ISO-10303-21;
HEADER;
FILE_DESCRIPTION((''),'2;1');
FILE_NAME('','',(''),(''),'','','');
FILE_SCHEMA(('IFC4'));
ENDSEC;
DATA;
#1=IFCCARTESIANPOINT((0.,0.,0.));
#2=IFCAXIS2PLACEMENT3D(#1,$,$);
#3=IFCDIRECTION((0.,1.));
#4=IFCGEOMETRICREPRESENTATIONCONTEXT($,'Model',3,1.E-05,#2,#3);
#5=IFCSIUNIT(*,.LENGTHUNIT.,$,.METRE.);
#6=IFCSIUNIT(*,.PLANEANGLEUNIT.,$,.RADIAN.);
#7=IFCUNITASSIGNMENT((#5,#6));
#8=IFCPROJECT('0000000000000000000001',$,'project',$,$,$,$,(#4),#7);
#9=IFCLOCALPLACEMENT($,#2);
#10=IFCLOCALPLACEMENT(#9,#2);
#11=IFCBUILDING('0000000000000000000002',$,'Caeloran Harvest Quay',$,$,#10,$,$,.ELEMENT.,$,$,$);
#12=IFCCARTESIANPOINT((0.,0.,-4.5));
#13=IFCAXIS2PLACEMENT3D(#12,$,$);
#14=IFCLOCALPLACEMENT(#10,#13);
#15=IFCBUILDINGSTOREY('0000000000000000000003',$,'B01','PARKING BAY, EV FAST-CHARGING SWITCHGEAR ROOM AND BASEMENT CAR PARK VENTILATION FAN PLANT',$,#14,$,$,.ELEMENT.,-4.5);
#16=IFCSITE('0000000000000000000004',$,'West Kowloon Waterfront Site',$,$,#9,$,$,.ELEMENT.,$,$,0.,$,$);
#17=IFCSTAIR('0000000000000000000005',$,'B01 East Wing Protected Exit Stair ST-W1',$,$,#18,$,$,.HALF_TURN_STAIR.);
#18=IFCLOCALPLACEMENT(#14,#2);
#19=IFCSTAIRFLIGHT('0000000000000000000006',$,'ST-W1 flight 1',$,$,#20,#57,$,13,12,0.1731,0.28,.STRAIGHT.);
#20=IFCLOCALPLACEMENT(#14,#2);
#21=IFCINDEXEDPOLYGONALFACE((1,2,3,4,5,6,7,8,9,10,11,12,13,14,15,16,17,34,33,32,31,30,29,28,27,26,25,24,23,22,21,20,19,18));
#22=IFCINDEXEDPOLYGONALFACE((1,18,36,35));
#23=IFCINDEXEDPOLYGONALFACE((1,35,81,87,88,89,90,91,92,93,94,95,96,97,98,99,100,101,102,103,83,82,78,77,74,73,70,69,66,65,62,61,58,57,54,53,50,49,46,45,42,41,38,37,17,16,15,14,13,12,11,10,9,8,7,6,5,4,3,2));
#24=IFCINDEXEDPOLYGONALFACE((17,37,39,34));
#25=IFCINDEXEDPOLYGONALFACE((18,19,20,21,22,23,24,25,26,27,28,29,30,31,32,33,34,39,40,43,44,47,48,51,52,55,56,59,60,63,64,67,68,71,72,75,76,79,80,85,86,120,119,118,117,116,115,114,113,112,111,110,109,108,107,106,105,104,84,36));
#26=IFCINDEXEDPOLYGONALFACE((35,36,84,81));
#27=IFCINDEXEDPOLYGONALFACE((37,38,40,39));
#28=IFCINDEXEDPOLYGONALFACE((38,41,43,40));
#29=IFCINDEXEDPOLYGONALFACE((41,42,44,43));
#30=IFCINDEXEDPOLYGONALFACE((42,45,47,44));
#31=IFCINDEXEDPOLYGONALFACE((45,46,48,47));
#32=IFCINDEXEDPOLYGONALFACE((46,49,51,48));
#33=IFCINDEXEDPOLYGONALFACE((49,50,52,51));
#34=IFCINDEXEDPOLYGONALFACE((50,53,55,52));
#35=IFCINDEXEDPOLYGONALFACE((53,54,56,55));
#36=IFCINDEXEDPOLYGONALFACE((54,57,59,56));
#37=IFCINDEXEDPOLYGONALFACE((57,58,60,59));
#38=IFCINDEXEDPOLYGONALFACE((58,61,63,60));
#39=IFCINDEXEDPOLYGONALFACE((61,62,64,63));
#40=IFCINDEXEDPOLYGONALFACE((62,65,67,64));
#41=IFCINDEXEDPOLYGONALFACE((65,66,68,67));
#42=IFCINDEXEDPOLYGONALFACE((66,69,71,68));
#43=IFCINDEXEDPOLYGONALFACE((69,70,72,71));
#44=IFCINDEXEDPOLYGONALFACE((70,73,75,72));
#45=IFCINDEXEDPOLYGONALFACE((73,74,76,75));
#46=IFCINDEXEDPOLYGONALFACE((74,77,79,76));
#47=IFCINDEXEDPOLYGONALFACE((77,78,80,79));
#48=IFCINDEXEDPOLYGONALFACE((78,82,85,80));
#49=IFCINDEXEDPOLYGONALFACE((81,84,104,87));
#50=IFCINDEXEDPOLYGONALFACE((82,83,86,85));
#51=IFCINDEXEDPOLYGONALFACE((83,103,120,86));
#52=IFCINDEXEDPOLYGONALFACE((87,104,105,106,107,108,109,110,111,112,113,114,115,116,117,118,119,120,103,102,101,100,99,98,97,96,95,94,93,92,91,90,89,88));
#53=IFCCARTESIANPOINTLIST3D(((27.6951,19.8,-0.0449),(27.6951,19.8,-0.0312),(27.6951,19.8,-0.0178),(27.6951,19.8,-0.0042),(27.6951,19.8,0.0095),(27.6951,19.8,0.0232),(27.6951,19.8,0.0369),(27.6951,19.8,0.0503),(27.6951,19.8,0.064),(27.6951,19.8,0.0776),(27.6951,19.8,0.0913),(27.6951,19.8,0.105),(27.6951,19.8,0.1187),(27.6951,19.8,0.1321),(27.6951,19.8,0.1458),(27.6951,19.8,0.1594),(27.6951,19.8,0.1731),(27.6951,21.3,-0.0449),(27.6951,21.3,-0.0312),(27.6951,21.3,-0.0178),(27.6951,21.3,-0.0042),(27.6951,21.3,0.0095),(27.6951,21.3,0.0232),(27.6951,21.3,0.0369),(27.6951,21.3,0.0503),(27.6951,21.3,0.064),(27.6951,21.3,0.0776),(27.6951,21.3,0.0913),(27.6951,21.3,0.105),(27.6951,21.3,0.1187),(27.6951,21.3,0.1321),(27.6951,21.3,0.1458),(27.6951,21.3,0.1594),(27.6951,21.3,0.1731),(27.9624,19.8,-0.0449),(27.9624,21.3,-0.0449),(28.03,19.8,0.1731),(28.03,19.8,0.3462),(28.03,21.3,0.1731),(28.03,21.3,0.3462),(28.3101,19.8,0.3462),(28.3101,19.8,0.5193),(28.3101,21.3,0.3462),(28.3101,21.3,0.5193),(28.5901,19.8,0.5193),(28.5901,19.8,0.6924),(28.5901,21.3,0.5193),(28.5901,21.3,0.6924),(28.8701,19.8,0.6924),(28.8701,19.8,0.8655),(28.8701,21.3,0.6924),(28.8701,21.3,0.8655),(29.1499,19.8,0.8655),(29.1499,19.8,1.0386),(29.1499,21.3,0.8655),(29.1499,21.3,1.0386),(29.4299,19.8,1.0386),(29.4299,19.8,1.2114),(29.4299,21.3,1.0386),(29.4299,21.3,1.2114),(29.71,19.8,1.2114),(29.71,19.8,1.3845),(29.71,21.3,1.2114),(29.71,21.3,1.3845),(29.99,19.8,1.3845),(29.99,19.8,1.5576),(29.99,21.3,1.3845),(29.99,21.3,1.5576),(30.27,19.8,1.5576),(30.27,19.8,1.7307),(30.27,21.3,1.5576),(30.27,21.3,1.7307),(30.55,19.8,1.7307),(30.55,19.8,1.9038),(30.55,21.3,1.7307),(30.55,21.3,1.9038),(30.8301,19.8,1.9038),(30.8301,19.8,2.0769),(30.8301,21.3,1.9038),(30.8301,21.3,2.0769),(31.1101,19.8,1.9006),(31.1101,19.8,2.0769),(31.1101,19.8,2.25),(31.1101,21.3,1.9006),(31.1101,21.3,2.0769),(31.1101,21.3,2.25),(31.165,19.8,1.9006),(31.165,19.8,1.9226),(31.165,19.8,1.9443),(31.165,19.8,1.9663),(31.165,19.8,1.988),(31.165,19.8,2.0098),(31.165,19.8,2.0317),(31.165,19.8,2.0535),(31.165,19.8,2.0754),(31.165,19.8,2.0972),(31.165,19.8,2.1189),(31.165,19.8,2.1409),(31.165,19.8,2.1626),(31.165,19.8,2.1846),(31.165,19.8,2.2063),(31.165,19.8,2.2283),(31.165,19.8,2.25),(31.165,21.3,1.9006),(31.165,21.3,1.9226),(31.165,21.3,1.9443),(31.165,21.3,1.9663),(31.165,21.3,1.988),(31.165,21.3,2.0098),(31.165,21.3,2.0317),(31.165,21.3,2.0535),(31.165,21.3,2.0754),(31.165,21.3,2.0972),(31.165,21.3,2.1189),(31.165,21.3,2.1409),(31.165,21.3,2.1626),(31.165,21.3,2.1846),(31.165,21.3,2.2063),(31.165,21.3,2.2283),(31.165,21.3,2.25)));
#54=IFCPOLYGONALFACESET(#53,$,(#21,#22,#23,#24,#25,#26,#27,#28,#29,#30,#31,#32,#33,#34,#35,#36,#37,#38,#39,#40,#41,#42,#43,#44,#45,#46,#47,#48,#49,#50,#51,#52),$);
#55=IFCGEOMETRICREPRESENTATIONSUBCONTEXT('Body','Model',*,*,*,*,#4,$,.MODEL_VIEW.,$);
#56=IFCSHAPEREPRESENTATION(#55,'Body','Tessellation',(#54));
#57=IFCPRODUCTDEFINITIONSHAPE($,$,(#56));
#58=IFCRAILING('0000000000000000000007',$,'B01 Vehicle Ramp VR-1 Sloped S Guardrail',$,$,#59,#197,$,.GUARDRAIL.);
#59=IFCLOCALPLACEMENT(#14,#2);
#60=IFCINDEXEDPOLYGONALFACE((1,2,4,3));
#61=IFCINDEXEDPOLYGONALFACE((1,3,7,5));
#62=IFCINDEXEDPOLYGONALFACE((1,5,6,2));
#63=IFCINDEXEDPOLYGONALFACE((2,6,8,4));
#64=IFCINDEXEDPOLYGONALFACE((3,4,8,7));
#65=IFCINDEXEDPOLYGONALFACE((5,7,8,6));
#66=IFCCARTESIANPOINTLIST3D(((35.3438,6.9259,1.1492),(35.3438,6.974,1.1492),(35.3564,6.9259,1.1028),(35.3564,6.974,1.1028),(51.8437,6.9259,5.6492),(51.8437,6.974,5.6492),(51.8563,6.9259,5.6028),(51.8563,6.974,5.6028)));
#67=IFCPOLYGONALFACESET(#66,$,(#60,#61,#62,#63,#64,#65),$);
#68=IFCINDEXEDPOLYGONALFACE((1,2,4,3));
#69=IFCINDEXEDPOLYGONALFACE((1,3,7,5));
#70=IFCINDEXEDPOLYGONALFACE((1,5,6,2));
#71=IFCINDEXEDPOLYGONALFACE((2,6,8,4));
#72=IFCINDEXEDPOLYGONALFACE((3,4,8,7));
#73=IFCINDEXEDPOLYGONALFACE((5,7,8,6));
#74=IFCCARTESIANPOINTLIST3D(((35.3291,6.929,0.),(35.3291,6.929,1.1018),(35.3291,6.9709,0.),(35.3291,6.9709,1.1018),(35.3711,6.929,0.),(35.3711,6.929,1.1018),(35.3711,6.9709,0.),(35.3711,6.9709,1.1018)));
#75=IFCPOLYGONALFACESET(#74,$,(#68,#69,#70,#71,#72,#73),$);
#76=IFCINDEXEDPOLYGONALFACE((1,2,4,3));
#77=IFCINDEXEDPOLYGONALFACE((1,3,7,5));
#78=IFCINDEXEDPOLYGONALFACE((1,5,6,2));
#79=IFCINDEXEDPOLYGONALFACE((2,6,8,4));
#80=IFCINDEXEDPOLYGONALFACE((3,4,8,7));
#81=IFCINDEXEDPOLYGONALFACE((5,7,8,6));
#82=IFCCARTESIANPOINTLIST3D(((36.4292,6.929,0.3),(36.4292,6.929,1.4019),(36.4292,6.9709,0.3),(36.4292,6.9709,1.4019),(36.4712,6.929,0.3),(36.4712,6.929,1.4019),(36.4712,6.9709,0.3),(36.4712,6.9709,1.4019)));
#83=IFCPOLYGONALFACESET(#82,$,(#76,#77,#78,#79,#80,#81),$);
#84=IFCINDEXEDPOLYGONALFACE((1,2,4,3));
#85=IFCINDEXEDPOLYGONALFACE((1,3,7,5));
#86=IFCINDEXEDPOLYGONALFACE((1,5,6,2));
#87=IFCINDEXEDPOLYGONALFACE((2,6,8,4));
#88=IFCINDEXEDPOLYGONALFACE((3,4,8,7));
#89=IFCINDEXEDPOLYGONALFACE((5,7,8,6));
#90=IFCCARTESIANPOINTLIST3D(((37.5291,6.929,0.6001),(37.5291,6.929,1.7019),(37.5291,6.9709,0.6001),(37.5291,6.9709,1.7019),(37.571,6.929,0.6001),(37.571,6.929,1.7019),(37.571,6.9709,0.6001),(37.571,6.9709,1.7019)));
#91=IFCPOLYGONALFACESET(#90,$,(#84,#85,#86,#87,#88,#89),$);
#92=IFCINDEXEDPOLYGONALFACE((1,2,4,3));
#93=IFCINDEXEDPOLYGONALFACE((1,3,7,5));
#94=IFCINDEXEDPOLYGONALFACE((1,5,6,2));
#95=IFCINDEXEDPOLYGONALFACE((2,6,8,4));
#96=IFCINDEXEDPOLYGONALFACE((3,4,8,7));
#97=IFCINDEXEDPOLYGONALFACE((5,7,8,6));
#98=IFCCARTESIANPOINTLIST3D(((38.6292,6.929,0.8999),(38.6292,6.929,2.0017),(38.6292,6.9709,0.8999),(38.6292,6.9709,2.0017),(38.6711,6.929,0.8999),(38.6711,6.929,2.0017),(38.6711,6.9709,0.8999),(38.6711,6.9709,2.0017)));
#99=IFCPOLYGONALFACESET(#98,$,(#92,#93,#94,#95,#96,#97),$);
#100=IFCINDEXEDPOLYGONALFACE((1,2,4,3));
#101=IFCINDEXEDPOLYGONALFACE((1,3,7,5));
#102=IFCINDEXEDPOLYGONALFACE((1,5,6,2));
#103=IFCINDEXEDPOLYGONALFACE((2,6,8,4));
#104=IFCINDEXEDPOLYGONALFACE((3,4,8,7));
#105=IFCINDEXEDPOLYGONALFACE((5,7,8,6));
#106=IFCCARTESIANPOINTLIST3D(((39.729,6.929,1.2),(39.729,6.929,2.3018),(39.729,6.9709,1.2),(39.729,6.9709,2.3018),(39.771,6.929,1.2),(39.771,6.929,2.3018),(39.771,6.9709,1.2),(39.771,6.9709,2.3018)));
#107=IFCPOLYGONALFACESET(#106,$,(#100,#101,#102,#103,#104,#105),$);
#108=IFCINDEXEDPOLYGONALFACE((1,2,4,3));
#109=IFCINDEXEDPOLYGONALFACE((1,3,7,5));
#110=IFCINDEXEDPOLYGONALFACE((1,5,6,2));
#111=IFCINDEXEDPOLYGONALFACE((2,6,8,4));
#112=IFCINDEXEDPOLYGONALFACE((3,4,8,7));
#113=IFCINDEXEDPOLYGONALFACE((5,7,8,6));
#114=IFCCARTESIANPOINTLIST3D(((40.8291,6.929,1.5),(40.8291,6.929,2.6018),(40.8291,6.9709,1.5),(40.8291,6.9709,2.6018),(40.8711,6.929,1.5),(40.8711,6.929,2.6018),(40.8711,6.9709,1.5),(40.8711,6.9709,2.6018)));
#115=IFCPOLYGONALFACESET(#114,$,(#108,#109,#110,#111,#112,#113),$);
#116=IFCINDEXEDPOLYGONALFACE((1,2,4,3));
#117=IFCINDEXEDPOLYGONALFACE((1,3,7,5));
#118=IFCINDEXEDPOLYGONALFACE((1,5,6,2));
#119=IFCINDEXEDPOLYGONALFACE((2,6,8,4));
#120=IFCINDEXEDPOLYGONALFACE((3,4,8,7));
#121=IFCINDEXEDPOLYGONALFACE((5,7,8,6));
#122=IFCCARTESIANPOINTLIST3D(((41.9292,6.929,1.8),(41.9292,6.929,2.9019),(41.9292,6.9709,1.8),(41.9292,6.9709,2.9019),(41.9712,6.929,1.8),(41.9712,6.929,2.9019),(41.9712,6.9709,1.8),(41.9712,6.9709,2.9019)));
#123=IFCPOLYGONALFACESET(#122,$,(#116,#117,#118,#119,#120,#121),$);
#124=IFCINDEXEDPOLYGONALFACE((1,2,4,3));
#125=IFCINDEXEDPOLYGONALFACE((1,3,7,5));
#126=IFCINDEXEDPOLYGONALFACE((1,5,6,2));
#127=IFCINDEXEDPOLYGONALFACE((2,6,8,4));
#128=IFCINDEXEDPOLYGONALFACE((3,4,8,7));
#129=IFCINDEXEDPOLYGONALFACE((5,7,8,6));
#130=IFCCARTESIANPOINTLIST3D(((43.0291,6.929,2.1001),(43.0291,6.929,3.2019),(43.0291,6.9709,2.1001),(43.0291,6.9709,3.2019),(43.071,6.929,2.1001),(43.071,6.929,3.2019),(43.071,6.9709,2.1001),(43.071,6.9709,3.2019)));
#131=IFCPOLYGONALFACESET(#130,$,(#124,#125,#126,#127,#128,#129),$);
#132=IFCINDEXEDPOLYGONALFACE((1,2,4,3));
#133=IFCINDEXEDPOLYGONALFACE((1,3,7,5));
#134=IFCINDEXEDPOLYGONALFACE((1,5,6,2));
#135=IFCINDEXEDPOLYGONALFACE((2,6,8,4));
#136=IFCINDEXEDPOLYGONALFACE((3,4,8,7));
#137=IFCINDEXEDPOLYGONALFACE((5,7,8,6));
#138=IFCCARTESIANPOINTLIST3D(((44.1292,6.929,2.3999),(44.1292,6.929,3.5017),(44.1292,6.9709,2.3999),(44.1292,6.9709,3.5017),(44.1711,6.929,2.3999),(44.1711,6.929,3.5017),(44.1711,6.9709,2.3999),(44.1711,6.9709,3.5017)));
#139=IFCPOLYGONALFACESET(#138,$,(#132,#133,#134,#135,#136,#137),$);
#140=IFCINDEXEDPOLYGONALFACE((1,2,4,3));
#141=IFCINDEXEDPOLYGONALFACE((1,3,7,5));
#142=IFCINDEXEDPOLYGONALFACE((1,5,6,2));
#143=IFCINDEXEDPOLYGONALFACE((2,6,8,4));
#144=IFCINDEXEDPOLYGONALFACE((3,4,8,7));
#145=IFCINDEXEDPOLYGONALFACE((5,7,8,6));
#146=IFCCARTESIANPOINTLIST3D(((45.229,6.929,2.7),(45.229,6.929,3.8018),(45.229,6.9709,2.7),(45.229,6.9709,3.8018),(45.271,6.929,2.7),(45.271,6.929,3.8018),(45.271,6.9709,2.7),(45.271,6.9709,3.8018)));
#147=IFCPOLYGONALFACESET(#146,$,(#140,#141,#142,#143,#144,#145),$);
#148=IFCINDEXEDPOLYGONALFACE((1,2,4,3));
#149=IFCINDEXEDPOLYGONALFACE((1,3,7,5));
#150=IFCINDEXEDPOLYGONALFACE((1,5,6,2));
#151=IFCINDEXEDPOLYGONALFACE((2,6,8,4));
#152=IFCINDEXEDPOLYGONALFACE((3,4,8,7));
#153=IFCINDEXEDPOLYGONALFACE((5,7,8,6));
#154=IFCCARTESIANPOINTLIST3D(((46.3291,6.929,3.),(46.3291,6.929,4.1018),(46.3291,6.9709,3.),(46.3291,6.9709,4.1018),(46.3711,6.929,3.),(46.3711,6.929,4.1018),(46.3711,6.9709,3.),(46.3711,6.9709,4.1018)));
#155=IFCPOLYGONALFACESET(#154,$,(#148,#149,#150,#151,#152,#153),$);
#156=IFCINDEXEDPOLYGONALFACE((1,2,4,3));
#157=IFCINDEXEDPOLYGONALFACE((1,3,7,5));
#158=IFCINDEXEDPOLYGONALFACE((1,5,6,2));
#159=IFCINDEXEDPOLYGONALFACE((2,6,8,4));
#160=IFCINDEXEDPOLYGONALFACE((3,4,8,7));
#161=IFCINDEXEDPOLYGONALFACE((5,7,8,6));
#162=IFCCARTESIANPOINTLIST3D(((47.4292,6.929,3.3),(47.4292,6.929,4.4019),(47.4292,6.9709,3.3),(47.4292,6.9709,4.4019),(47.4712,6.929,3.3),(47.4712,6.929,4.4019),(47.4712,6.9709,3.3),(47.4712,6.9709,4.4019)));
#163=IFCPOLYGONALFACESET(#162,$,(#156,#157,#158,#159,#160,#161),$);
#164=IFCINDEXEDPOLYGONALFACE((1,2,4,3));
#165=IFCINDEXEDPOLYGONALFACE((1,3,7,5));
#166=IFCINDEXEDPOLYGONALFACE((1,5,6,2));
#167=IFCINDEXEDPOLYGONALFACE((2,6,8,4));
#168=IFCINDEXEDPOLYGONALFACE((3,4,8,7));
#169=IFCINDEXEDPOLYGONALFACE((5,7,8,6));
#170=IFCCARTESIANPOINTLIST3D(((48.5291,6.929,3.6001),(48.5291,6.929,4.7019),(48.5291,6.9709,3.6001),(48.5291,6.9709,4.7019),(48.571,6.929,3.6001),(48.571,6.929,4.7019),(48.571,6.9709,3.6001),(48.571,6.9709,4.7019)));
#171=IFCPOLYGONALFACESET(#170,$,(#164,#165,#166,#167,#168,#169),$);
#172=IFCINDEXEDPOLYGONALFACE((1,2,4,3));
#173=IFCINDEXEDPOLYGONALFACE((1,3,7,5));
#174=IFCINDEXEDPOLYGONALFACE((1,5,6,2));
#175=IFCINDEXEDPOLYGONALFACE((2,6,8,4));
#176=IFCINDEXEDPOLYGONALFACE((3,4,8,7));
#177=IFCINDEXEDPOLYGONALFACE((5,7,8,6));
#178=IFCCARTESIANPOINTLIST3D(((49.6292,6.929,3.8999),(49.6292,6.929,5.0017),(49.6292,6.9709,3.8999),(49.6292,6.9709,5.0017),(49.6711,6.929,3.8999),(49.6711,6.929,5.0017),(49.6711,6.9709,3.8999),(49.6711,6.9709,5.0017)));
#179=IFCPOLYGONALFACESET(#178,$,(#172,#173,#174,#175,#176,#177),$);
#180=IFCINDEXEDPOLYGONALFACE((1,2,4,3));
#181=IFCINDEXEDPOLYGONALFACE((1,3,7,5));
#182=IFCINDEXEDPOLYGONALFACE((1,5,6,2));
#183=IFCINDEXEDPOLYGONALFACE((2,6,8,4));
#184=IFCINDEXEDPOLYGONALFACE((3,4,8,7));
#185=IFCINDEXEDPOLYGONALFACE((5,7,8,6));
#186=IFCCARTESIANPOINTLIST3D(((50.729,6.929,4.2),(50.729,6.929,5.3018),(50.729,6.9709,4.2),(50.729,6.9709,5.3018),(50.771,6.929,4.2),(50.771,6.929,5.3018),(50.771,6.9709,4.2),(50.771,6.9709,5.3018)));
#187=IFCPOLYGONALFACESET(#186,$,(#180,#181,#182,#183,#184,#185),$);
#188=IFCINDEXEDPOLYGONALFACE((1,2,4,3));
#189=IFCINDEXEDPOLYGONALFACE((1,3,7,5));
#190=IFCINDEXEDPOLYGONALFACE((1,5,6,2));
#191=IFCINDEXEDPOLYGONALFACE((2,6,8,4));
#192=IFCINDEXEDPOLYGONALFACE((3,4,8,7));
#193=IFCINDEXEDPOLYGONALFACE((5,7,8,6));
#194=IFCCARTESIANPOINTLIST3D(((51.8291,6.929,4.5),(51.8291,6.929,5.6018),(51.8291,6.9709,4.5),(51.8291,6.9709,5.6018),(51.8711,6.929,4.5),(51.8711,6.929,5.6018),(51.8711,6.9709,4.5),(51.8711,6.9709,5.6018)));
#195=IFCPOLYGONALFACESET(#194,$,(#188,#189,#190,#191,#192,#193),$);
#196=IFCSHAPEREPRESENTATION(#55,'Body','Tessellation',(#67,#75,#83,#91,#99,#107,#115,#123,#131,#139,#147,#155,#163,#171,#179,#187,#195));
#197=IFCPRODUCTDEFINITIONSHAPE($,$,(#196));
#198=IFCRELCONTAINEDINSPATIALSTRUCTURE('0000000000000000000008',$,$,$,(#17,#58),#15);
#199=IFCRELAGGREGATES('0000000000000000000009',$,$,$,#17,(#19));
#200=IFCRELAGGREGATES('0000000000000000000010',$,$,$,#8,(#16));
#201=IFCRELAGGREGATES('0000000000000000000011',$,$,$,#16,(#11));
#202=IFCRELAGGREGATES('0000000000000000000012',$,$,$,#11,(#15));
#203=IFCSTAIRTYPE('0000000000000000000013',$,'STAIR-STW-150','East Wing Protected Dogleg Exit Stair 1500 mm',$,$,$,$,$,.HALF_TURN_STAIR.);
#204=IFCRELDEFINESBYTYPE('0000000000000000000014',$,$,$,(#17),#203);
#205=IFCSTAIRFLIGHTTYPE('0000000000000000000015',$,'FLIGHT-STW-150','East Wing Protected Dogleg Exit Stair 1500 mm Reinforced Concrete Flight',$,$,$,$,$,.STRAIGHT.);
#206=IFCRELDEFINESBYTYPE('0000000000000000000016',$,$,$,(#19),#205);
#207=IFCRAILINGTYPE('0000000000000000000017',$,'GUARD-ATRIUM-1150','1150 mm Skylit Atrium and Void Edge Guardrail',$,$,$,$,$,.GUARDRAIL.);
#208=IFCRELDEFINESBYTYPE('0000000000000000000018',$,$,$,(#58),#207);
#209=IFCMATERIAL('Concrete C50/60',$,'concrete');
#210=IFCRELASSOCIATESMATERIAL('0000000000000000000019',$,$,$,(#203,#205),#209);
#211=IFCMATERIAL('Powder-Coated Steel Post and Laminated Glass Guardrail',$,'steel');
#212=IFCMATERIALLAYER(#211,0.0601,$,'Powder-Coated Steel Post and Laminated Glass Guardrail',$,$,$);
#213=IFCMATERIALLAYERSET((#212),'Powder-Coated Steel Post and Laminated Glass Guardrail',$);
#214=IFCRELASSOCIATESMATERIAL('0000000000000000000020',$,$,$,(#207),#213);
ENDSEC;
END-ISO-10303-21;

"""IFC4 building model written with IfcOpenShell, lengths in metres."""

from ifc_helpers import new_model, si_unit, direction, frame, origin, origin_2d, place, context, subcontext, project, spatial, polyline, rectangle, outline, extrude, material, layer, layer_set, type_object, element, aggregate, save


model = new_model("IFC4")

# Units and contexts
model_context = context("Model", 3, precision=1e-05, world=origin(), true_north=direction((0.0, 1.0)))
body_context = subcontext(model_context, "Body", "Model", "MODEL_VIEW")
ifc_project = project(units=[si_unit("LENGTHUNIT", "METRE"), si_unit("PLANEANGLEUNIT", "RADIAN")], contexts=[model_context])

# Site, building, storey
site_placement = place(None, origin())
site = spatial("IfcSite", under=ifc_project, at=site_placement, Name="West Kowloon Waterfront Site", CompositionType="ELEMENT", RefElevation=0.0)
building_placement = place(site_placement, origin())
building = spatial("IfcBuilding", under=site, at=building_placement, Name="Caeloran Harvest Quay", CompositionType="ELEMENT")
storey_placement = place(building_placement, frame((0.0, 0.0, -4.5)))
storey = spatial("IfcBuildingStorey", under=building, at=storey_placement, Name="B01", Description="PARKING BAY, EV FAST-CHARGING SWITCHGEAR ROOM AND BASEMENT CAR PARK VENTILATION FAN PLANT", CompositionType="ELEMENT", Elevation=-4.5)

# Shared definitions
ifc_material_1 = material(Name="Concrete C50/60", Category="concrete")

# Stair, stair flight
stair_type = type_object("IfcStairType", Name="STAIR-STW-150", Description="East Wing Protected Dogleg Exit Stair 1500 mm", PredefinedType="HALF_TURN_STAIR", material=ifc_material_1)
stair_placement = place(storey_placement, origin())
stair = element("IfcStair", 1, at=stair_placement, inside=storey, type_object=stair_type, Name="B01 East Wing Protected Exit Stair ST-W1", PredefinedType="HALF_TURN_STAIR")
stair_flight_type = type_object("IfcStairFlightType", Name="FLIGHT-STW-150", Description="East Wing Protected Dogleg Exit Stair 1500 mm Reinforced Concrete Flight", PredefinedType="STRAIGHT", material=ifc_material_1)
stair_flight_placement = place(storey_placement, frame((27.75, 20.55, 0.0), z_axis=(0.0, 0.0, 1.0), x_axis=(1.0, 0.0, 0.0)))
stair_flight = element("IfcStairFlight", 2, at=stair_flight_placement, type_object=stair_flight_type, Name="ST-W1 flight 1", NumberOfRisers=13, NumberOfTreads=12, PredefinedType="STRAIGHT", RiserHeight=0.1731, TreadLength=0.28, context=body_context, shape_type="SweptSolid", body=[
    extrude(outline(polyline([(-0.0549, -0.0449), (-0.0549, -0.0312), (-0.0549, -0.0178), (-0.0549, -0.0042), (-0.0549, 0.0095), (-0.0549, 0.0232), (-0.0549, 0.0369), (-0.0549, 0.0503), (-0.0549, 0.064), (-0.0549, 0.0776), (-0.0549, 0.0913), (-0.0549, 0.105), (-0.0549, 0.1187), (-0.0549, 0.1321), (-0.0549, 0.1458), (-0.0549, 0.1594), (-0.0549, 0.1731), (0.28, 0.1731), (0.28, 0.3462), (0.5601, 0.3462), (0.5601, 0.5193), (0.8401, 0.5193), (0.8401, 0.6924), (1.1201, 0.6924), (1.1201, 0.8655), (1.3999, 0.8655), (1.3999, 1.0386), (1.6799, 1.0386), (1.6799, 1.2114), (1.96, 1.2114), (1.96, 1.3845), (2.24, 1.3845), (2.24, 1.5576), (2.52, 1.5576), (2.52, 1.7307), (2.8, 1.7307), (2.8, 1.9038), (3.0801, 1.9038), (3.0801, 2.0769), (3.3601, 2.0769), (3.3601, 2.25), (3.415, 2.25), (3.415, 2.2283), (3.415, 2.2063), (3.415, 2.1846), (3.415, 2.1626), (3.415, 2.1409), (3.415, 2.1189), (3.415, 2.0972), (3.415, 2.0754), (3.415, 2.0535), (3.415, 2.0317), (3.415, 2.0098), (3.415, 1.988), (3.415, 1.9663), (3.415, 1.9443), (3.415, 1.9226), (3.415, 1.9006), (3.3601, 1.9006), (0.2124, -0.0449), (-0.0549, -0.0449)])), frame((0.0, 0.75, 0.0), z_axis=(0.0, -1.0, 0.0), x_axis=(1.0, 0.0, 0.0)), (0.0, 0.0, 1.0), 1.5),
])
aggregate(stair, [stair_flight])

# Railing
ifc_material_2 = material(Name="Powder-Coated Steel Post and Laminated Glass Guardrail", Category="steel")
ifc_layer_1 = layer(ifc_material_2, 0.0601, Name="Powder-Coated Steel Post and Laminated Glass Guardrail")
ifc_layer_set_1 = layer_set([ifc_layer_1], Name="Powder-Coated Steel Post and Laminated Glass Guardrail")
railing_type_1 = type_object("IfcRailingType", Name="GUARD-ATRIUM-1150", Description="1150 mm Skylit Atrium and Void Edge Guardrail", PredefinedType="GUARDRAIL", material=ifc_layer_set_1)
railing_1_placement = place(storey_placement, frame((35.3501, 6.95, 0.0)))
element("IfcRailing", 3, at=railing_1_placement, inside=storey, type_object=railing_type_1, Name="B01 Vehicle Ramp VR-1 Sloped S Guardrail", PredefinedType="GUARDRAIL", context=body_context, shape_type="SweptSolid", body=[
    extrude(rectangle(XDim=0.0481, YDim=0.0481, at=origin_2d()), frame((0.0, 0.0, 1.126), z_axis=(0.964764, 0.0, 0.263117), x_axis=(0.0, 1.0, 0.0)), (0.0, 0.0, 1.0), 17.1025),
    extrude(rectangle(XDim=0.042, YDim=0.042, at=origin_2d()), origin(), (0.0, 0.0, 1.0), 1.1018),
    extrude(rectangle(XDim=0.042, YDim=0.042, at=origin_2d()), frame((1.1001, 0.0, 0.3)), (0.0, 0.0, 1.0), 1.1018),
    extrude(rectangle(XDim=0.042, YDim=0.042, at=origin_2d()), frame((2.2, 0.0, 0.6001)), (0.0, 0.0, 1.0), 1.1018),
    extrude(rectangle(XDim=0.042, YDim=0.042, at=origin_2d()), frame((3.3, 0.0, 0.8999)), (0.0, 0.0, 1.0), 1.1018),
    extrude(rectangle(XDim=0.042, YDim=0.042, at=origin_2d()), frame((4.3999, 0.0, 1.2)), (0.0, 0.0, 1.0), 1.1018),
    extrude(rectangle(XDim=0.042, YDim=0.042, at=origin_2d()), frame((5.5, 0.0, 1.5)), (0.0, 0.0, 1.0), 1.1018),
    extrude(rectangle(XDim=0.042, YDim=0.042, at=origin_2d()), frame((6.6001, 0.0, 1.8)), (0.0, 0.0, 1.0), 1.1018),
    extrude(rectangle(XDim=0.042, YDim=0.042, at=origin_2d()), frame((7.7, 0.0, 2.1001)), (0.0, 0.0, 1.0), 1.1018),
    extrude(rectangle(XDim=0.042, YDim=0.042, at=origin_2d()), frame((8.8, 0.0, 2.3999)), (0.0, 0.0, 1.0), 1.1018),
    extrude(rectangle(XDim=0.042, YDim=0.042, at=origin_2d()), frame((9.8999, 0.0, 2.7)), (0.0, 0.0, 1.0), 1.1018),
    extrude(rectangle(XDim=0.042, YDim=0.042, at=origin_2d()), frame((11.0, 0.0, 3.0)), (0.0, 0.0, 1.0), 1.1018),
    extrude(rectangle(XDim=0.042, YDim=0.042, at=origin_2d()), frame((12.1001, 0.0, 3.3)), (0.0, 0.0, 1.0), 1.1018),
    extrude(rectangle(XDim=0.042, YDim=0.042, at=origin_2d()), frame((13.2, 0.0, 3.6001)), (0.0, 0.0, 1.0), 1.1018),
    extrude(rectangle(XDim=0.042, YDim=0.042, at=origin_2d()), frame((14.3, 0.0, 3.8999)), (0.0, 0.0, 1.0), 1.1018),
    extrude(rectangle(XDim=0.042, YDim=0.042, at=origin_2d()), frame((15.3999, 0.0, 4.2)), (0.0, 0.0, 1.0), 1.1018),
    extrude(rectangle(XDim=0.042, YDim=0.042, at=origin_2d()), frame((16.5, 0.0, 4.5)), (0.0, 0.0, 1.0), 1.1018),
])

save(model, "model.ifc")
